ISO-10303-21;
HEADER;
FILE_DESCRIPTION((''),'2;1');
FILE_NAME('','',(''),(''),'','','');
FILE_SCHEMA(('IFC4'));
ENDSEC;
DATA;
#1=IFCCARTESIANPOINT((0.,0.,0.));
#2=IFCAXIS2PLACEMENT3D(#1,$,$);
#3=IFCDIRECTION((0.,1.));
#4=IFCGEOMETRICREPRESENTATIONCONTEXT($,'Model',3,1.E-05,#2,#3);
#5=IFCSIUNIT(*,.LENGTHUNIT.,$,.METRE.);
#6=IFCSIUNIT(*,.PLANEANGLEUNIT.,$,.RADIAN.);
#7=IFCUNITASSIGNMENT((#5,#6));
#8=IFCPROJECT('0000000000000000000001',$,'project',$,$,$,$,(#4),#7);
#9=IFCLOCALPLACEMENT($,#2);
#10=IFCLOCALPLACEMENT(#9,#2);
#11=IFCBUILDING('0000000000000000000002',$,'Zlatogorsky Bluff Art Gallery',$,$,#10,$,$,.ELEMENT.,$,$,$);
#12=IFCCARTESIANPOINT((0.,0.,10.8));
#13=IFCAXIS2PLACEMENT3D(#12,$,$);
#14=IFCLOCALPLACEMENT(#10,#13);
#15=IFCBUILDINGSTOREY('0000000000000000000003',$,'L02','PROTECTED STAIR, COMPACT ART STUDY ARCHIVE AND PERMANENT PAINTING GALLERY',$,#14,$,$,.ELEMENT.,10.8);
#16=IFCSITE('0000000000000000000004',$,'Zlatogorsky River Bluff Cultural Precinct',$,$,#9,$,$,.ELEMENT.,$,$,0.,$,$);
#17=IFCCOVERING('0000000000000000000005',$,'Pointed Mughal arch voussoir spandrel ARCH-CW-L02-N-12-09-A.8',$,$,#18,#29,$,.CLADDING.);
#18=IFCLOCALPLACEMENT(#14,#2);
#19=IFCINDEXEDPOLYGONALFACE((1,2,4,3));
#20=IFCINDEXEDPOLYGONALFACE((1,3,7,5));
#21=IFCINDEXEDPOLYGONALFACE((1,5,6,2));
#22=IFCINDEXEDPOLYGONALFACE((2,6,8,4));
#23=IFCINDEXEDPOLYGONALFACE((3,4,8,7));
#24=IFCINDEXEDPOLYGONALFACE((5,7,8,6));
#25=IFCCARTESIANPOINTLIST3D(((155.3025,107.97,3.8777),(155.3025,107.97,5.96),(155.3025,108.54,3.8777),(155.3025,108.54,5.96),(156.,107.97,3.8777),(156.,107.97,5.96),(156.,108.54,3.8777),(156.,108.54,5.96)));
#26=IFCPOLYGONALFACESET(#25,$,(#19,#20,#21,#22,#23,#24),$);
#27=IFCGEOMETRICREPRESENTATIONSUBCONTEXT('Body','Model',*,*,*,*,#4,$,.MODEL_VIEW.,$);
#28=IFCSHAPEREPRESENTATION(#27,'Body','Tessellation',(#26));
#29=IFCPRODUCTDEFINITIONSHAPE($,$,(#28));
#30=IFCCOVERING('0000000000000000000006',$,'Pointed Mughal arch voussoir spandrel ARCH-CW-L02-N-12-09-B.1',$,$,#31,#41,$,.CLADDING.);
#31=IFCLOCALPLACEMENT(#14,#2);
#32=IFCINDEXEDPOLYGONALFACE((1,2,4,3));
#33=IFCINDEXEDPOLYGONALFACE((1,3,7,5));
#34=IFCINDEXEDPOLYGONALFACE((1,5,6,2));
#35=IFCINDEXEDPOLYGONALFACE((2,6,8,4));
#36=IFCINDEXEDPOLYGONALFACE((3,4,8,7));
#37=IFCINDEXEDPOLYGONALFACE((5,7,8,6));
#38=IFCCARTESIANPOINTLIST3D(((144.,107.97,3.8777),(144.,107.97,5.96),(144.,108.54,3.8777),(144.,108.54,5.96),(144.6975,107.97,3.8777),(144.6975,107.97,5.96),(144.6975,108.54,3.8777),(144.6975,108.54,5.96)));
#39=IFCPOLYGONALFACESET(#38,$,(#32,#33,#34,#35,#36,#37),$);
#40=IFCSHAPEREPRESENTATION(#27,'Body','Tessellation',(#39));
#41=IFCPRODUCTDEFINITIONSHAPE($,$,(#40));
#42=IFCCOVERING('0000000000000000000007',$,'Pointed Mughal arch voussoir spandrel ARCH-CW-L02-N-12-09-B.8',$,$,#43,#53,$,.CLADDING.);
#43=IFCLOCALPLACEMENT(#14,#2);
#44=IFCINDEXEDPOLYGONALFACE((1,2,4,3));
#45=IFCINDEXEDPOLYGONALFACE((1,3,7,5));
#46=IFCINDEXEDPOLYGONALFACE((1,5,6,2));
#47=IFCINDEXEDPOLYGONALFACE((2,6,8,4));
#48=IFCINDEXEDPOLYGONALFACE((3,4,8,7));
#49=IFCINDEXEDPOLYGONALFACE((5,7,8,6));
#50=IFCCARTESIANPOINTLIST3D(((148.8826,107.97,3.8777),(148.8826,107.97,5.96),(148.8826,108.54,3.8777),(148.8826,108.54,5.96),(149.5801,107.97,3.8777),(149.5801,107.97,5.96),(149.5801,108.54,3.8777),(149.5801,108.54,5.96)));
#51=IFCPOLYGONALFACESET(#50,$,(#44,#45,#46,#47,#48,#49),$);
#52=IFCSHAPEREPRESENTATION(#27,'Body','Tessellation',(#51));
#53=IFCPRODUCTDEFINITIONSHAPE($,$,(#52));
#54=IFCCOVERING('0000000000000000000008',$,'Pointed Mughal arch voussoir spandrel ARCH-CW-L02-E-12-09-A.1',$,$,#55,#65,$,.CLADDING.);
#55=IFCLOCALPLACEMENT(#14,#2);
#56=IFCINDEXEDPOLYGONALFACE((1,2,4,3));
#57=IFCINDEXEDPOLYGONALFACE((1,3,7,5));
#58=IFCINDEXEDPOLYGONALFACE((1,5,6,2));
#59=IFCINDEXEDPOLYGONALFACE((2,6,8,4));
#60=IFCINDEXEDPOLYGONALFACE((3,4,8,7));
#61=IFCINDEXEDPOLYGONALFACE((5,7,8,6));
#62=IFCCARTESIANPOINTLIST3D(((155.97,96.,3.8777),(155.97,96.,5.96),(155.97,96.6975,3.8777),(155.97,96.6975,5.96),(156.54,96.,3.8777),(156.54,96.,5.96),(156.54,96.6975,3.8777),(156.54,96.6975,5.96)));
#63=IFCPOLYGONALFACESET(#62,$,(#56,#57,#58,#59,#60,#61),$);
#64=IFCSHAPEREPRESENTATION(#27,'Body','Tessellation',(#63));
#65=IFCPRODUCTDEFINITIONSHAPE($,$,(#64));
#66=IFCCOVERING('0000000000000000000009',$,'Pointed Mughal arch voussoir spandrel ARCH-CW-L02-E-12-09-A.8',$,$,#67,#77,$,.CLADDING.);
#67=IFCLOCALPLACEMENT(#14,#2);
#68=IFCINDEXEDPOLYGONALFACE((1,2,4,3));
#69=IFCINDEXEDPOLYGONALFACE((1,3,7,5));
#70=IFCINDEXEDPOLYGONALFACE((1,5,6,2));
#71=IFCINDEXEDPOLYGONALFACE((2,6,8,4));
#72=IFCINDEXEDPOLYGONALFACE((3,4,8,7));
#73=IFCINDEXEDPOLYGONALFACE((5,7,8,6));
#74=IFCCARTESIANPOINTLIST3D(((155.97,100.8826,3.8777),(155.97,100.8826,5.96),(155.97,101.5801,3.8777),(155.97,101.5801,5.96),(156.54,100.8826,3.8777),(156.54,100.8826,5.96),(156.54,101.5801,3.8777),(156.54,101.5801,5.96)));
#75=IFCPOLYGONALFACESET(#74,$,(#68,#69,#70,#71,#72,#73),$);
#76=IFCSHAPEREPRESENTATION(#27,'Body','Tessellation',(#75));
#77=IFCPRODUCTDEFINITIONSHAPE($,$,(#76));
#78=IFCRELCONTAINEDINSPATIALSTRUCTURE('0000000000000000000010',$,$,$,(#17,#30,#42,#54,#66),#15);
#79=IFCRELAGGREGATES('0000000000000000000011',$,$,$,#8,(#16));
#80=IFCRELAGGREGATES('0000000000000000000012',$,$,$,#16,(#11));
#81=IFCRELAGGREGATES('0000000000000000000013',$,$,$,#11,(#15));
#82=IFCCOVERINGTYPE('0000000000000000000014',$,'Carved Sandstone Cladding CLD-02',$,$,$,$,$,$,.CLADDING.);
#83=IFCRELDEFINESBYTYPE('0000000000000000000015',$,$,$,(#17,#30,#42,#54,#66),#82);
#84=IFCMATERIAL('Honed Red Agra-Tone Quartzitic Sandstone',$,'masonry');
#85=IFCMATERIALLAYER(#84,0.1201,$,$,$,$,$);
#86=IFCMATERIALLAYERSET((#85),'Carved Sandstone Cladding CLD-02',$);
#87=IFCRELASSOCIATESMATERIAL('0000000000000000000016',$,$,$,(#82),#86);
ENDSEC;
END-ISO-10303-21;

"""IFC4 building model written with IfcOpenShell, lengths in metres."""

from ifc_helpers import new_model, si_unit, direction, frame, origin, place, context, subcontext, project, spatial, polyline, outline, extrude, material, layer, layer_set, type_object, element, save


model = new_model("IFC4")

# Units and contexts
model_context = context("Model", 3, precision=1e-05, world=origin(), true_north=direction((0.0, 1.0)))
body_context = subcontext(model_context, "Body", "Model", "MODEL_VIEW")
ifc_project = project(units=[si_unit("LENGTHUNIT", "METRE"), si_unit("PLANEANGLEUNIT", "RADIAN")], contexts=[model_context])

# Site, building, storey
site_placement = place(None, origin())
site = spatial("IfcSite", under=ifc_project, at=site_placement, Name="Zlatogorsky River Bluff Cultural Precinct", CompositionType="ELEMENT", RefElevation=0.0)
building_placement = place(site_placement, origin())
building = spatial("IfcBuilding", under=site, at=building_placement, Name="Zlatogorsky Bluff Art Gallery", CompositionType="ELEMENT")
storey_placement = place(building_placement, frame((0.0, 0.0, 10.8)))
storey = spatial("IfcBuildingStorey", under=building, at=storey_placement, Name="L02", Description="PROTECTED STAIR, COMPACT ART STUDY ARCHIVE AND PERMANENT PAINTING GALLERY", CompositionType="ELEMENT", Elevation=10.8)

# Coverings
ifc_material = material(Name="Honed Red Agra-Tone Quartzitic Sandstone", Category="masonry")
ifc_layer = layer(ifc_material, 0.1201)
ifc_layer_set = layer_set([ifc_layer], Name="Carved Sandstone Cladding CLD-02")
covering_type = type_object("IfcCoveringType", Name="Carved Sandstone Cladding CLD-02", PredefinedType="CLADDING", material=ifc_layer_set)
covering_1_placement = place(storey_placement, frame((0.0, 0.0, 3.8777)))
element("IfcCovering", 1, at=covering_1_placement, inside=storey, type_object=covering_type, Name="Pointed Mughal arch voussoir spandrel ARCH-CW-L02-N-12-09-A.8", PredefinedType="CLADDING", context=body_context, shape_type="SweptSolid", body=[
    extrude(outline(polyline([(155.3025, 107.97), (156.0, 107.97), (156.0, 108.54), (155.3025, 108.54), (155.3025, 107.97)])), origin(), (0.0, 0.0, 1.0), 2.0823),
])
covering_2_placement = place(storey_placement, frame((0.0, 0.0, 3.8777)))
element("IfcCovering", 2, at=covering_2_placement, inside=storey, type_object=covering_type, Name="Pointed Mughal arch voussoir spandrel ARCH-CW-L02-N-12-09-B.1", PredefinedType="CLADDING", context=body_context, shape_type="SweptSolid", body=[
    extrude(outline(polyline([(144.0, 107.97), (144.6975, 107.97), (144.6975, 108.54), (144.0, 108.54), (144.0, 107.97)])), origin(), (0.0, 0.0, 1.0), 2.0823),
])
covering_3_placement = place(storey_placement, frame((0.0, 0.0, 3.8777)))
element("IfcCovering", 3, at=covering_3_placement, inside=storey, type_object=covering_type, Name="Pointed Mughal arch voussoir spandrel ARCH-CW-L02-N-12-09-B.8", PredefinedType="CLADDING", context=body_context, shape_type="SweptSolid", body=[
    extrude(outline(polyline([(148.8826, 107.97), (149.5801, 107.97), (149.5801, 108.54), (148.8826, 108.54), (148.8826, 107.97)])), origin(), (0.0, 0.0, 1.0), 2.0823),
])
covering_4_placement = place(storey_placement, frame((0.0, 0.0, 3.8777)))
element("IfcCovering", 4, at=covering_4_placement, inside=storey, type_object=covering_type, Name="Pointed Mughal arch voussoir spandrel ARCH-CW-L02-E-12-09-A.1", PredefinedType="CLADDING", context=body_context, shape_type="SweptSolid", body=[
    extrude(outline(polyline([(155.97, 96.0), (155.97, 96.6975), (156.54, 96.6975), (156.54, 96.0), (155.97, 96.0)])), origin(), (0.0, 0.0, 1.0), 2.0823),
])
covering_5_placement = place(storey_placement, frame((0.0, 0.0, 3.8777)))
element("IfcCovering", 5, at=covering_5_placement, inside=storey, type_object=covering_type, Name="Pointed Mughal arch voussoir spandrel ARCH-CW-L02-E-12-09-A.8", PredefinedType="CLADDING", context=body_context, shape_type="SweptSolid", body=[
    extrude(outline(polyline([(155.97, 100.8826), (155.97, 101.5801), (156.54, 101.5801), (156.54, 100.8826), (155.97, 100.8826)])), origin(), (0.0, 0.0, 1.0), 2.0823),
])

save(model, "model.ifc")
